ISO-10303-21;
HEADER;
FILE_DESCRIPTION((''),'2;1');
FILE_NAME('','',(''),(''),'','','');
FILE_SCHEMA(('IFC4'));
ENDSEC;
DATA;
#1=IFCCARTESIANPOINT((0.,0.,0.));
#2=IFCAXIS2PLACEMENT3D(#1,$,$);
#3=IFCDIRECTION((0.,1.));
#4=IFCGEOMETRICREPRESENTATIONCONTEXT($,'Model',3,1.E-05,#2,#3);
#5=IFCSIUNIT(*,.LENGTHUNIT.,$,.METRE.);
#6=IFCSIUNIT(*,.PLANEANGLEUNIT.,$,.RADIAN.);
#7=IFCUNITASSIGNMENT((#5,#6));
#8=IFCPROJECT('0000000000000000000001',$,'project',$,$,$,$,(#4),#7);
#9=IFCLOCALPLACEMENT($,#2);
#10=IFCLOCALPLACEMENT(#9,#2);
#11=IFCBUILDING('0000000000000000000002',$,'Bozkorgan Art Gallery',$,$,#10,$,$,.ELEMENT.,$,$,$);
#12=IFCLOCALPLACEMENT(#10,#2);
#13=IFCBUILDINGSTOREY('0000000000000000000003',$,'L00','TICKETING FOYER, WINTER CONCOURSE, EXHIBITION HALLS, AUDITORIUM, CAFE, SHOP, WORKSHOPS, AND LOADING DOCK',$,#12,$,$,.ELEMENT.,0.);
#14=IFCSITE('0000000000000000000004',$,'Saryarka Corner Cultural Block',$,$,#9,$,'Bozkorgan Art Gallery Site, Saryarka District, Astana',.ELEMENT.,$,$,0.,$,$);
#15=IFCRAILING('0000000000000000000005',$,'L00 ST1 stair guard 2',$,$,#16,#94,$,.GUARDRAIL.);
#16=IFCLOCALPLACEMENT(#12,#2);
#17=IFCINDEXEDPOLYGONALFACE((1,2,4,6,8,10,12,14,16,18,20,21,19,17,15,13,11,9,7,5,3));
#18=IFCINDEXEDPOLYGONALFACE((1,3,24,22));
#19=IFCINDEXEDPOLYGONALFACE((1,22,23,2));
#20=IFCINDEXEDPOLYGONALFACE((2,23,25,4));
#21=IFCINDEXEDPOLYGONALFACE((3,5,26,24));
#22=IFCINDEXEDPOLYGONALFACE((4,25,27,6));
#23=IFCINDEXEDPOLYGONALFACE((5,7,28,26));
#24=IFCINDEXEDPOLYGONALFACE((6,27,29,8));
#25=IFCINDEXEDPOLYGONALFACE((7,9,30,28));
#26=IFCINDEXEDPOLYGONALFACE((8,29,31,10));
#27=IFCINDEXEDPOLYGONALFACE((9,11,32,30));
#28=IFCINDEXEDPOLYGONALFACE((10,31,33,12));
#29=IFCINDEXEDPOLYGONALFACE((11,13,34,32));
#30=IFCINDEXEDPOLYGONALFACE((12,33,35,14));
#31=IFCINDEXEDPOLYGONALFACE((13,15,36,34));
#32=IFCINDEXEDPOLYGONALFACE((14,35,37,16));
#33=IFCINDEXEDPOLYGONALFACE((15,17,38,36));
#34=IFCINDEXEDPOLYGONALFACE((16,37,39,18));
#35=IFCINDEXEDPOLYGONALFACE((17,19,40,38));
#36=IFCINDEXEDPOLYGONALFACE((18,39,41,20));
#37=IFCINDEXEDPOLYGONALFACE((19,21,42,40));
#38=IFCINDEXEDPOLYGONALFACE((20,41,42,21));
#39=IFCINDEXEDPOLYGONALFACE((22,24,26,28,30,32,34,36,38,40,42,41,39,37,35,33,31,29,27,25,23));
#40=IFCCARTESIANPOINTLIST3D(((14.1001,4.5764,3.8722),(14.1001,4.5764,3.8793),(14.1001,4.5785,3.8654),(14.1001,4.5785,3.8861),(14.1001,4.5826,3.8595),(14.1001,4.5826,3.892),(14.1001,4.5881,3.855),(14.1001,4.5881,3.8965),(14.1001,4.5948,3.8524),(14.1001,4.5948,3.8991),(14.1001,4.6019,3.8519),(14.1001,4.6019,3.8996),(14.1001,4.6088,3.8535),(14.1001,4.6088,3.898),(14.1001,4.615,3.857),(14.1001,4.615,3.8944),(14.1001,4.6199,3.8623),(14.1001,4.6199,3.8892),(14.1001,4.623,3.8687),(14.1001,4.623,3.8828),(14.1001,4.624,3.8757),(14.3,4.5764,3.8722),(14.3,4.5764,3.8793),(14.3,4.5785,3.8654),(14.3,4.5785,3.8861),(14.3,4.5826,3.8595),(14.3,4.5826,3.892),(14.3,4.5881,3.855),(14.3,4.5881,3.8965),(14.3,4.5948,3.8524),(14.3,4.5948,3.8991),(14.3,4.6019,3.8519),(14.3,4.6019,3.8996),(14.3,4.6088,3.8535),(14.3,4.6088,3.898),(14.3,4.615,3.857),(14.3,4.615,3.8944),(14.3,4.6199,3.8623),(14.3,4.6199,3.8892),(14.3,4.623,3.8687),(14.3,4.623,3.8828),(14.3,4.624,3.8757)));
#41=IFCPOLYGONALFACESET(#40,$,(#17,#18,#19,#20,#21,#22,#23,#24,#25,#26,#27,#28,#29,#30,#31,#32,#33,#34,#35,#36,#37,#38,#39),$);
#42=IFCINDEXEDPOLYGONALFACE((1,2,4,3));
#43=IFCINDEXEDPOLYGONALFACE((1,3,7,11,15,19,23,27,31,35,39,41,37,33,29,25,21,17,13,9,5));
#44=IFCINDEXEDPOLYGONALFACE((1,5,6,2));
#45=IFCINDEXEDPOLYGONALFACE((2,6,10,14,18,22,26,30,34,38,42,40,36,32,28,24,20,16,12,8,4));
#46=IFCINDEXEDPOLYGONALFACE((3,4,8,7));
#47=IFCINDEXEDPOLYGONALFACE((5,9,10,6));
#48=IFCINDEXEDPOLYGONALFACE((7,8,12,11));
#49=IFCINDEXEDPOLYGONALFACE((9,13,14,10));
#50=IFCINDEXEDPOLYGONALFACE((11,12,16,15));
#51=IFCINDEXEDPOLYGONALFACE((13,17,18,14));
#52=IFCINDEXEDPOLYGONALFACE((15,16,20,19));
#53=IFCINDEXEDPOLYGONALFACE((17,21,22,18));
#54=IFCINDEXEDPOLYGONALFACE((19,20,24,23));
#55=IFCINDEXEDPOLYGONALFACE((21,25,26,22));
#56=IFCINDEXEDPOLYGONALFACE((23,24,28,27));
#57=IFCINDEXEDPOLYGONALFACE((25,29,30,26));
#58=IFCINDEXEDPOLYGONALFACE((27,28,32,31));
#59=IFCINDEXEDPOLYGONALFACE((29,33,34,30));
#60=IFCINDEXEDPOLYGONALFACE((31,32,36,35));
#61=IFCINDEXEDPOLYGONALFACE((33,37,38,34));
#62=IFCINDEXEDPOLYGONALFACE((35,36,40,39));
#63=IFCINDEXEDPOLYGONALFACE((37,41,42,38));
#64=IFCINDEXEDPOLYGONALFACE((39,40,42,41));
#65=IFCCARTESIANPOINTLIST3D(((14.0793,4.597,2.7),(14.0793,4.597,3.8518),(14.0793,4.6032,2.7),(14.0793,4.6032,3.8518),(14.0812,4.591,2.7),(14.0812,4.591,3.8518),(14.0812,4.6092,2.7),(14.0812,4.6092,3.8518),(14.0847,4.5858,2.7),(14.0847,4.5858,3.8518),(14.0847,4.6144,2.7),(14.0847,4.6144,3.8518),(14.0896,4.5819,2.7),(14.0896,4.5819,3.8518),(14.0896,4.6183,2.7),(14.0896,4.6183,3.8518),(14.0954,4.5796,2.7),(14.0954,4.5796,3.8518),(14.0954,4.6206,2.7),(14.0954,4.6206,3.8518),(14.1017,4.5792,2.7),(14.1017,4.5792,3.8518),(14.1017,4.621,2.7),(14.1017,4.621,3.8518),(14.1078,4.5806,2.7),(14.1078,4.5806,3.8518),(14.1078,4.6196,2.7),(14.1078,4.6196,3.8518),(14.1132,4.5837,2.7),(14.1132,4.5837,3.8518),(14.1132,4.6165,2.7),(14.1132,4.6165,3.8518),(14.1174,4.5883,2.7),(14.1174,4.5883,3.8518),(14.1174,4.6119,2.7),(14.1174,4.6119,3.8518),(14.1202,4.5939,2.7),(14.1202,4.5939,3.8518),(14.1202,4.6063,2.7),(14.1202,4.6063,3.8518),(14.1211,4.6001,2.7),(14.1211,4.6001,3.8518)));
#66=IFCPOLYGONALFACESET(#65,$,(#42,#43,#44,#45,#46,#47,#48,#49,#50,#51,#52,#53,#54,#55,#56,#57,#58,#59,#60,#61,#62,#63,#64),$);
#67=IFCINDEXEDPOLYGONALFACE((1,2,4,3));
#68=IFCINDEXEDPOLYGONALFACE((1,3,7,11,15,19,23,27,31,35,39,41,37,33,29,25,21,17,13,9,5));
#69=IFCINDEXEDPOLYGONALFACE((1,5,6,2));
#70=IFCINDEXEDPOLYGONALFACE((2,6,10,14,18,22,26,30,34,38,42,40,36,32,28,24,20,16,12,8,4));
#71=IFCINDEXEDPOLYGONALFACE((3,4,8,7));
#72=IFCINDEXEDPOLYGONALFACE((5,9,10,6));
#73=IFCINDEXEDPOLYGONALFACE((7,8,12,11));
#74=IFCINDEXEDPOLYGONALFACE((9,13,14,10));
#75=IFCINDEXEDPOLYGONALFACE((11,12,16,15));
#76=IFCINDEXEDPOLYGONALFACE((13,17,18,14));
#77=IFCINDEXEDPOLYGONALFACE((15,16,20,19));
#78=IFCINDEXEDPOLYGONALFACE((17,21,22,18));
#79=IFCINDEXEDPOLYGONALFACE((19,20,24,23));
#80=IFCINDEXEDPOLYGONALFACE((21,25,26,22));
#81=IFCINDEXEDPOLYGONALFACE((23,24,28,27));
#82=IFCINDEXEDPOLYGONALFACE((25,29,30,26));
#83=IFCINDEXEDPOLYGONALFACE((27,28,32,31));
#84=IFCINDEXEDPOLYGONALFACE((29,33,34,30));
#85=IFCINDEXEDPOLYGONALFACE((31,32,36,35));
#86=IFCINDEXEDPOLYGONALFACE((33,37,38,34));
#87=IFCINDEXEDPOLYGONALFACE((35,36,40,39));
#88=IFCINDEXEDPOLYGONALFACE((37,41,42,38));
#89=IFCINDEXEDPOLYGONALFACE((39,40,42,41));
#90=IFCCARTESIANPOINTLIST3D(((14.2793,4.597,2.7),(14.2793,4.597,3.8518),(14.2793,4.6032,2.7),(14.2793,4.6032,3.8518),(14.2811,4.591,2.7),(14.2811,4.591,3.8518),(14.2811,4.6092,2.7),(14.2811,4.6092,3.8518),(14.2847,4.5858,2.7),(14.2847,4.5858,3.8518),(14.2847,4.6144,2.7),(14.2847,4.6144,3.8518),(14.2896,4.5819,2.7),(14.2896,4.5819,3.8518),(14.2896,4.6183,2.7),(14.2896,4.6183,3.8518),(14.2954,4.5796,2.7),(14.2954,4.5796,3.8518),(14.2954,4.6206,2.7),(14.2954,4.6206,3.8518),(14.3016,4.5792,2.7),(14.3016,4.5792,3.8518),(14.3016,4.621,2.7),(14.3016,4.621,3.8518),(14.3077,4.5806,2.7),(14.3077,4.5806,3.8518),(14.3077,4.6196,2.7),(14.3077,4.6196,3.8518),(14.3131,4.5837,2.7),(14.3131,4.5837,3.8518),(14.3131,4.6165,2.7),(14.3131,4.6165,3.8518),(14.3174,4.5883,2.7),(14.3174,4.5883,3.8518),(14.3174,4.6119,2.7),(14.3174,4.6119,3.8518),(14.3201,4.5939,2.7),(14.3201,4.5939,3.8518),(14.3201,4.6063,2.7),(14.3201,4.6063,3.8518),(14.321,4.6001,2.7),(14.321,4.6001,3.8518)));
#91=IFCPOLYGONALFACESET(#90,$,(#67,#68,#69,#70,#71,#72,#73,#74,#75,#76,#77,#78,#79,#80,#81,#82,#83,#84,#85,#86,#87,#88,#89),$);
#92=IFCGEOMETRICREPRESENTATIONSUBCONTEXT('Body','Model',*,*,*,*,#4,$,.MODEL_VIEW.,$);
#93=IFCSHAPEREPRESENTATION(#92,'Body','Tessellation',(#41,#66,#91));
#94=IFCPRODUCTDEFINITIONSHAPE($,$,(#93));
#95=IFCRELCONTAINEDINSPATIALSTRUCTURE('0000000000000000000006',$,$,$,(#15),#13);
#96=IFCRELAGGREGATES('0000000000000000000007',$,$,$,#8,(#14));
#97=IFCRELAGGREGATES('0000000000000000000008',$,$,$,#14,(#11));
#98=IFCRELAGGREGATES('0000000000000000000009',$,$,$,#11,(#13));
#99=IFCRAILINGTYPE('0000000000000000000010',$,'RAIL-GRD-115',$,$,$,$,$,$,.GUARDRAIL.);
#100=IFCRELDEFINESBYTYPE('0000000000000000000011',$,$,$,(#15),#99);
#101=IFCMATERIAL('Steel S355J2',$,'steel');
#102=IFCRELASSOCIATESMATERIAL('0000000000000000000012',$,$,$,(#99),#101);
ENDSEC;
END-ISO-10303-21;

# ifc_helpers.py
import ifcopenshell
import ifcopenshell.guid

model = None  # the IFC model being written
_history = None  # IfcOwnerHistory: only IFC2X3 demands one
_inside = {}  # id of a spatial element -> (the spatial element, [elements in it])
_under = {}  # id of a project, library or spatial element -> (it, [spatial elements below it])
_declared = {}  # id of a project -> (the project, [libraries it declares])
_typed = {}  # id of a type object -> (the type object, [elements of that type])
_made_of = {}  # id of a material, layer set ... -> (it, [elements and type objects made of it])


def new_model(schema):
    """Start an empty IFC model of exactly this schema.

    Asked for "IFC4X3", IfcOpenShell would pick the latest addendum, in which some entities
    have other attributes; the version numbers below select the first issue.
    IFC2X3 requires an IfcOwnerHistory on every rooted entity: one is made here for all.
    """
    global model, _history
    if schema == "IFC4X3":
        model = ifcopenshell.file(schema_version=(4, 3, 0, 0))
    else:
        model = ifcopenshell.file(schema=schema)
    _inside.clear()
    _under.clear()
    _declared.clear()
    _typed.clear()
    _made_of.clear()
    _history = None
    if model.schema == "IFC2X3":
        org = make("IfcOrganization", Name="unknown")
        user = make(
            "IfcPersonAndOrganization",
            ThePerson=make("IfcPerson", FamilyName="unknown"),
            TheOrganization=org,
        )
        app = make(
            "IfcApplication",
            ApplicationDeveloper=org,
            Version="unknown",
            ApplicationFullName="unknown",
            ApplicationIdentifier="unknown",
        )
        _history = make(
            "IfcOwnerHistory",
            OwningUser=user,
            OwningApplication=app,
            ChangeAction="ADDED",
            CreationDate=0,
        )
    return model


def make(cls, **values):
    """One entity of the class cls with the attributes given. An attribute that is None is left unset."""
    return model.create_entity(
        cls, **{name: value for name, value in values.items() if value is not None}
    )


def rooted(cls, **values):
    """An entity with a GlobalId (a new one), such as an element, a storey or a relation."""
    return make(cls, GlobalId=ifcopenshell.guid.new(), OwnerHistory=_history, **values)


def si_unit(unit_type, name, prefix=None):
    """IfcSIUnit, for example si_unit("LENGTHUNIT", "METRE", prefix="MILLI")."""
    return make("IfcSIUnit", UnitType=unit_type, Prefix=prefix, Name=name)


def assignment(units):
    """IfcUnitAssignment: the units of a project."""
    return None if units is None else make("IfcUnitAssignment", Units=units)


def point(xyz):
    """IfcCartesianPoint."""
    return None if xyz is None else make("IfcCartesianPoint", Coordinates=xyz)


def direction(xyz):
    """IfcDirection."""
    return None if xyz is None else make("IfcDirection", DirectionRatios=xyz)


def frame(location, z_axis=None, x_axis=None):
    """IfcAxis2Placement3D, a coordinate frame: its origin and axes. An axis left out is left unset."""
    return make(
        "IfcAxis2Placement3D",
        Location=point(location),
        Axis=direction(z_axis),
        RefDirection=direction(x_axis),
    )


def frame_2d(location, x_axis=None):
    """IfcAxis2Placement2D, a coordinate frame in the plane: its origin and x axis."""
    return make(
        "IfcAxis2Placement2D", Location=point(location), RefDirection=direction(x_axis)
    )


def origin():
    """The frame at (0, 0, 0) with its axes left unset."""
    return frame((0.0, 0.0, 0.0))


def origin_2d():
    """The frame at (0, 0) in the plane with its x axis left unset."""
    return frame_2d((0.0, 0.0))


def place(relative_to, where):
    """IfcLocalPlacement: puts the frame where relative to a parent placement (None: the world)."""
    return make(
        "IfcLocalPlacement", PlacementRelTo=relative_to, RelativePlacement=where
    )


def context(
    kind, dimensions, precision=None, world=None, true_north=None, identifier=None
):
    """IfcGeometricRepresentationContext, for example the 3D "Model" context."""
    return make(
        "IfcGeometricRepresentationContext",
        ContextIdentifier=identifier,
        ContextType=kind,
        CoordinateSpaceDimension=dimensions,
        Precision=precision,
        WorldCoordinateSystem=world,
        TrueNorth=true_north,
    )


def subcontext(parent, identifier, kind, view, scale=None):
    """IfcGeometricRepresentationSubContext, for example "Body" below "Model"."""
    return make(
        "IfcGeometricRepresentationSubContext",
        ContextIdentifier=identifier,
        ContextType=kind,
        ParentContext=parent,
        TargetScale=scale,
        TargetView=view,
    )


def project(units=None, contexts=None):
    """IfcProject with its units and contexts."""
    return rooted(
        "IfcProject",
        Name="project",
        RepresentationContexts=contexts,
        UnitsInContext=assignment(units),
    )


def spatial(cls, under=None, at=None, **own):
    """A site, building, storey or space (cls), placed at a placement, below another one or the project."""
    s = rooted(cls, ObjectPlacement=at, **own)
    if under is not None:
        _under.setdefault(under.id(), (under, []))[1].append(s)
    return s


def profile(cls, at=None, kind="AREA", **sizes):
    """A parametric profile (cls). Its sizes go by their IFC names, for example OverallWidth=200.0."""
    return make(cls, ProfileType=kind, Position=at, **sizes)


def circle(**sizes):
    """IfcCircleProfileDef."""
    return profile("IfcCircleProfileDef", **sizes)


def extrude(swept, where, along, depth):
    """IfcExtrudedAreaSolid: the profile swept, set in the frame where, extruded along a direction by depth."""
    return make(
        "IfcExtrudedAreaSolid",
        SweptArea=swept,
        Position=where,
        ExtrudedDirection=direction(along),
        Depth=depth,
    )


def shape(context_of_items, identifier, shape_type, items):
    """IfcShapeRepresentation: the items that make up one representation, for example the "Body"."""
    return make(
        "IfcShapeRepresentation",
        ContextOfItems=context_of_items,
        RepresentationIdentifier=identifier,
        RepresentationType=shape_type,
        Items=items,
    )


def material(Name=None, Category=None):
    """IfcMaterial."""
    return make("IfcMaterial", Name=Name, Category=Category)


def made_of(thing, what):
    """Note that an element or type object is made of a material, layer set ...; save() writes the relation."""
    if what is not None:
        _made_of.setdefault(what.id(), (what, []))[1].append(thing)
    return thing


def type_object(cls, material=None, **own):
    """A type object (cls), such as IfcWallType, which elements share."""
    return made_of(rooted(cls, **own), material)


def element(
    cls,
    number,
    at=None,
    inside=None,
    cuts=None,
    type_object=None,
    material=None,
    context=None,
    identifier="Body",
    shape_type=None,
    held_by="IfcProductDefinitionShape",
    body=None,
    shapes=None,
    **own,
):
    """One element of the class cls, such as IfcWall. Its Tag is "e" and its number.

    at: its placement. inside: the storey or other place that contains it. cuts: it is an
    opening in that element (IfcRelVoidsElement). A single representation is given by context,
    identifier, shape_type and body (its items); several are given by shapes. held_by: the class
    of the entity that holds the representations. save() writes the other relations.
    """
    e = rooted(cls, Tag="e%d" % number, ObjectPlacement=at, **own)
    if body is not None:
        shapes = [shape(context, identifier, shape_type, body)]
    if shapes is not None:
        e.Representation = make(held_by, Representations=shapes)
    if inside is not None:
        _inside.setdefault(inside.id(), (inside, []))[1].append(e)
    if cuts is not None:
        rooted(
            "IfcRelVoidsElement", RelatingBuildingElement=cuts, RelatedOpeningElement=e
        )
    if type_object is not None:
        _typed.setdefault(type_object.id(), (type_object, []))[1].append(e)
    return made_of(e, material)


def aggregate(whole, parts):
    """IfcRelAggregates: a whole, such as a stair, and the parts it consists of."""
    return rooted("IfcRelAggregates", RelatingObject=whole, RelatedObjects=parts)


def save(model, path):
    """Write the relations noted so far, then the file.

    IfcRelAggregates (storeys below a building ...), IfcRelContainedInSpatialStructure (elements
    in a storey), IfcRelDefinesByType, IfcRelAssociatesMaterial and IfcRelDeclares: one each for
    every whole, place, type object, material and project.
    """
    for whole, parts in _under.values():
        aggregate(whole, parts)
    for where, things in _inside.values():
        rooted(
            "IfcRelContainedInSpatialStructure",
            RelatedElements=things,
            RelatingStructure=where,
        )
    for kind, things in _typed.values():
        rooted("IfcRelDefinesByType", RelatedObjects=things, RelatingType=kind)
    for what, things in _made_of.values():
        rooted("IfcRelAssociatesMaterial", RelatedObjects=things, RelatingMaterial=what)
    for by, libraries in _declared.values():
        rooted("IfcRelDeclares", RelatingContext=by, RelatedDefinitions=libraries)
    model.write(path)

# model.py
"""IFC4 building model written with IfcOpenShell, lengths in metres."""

from ifc_helpers import new_model, si_unit, direction, frame, origin, origin_2d, place, context, subcontext, project, spatial, circle, extrude, material, type_object, element, save


model = new_model("IFC4")

# Units and contexts
model_context = context("Model", 3, precision=1e-05, world=origin(), true_north=direction((0.0, 1.0)))
body_context = subcontext(model_context, "Body", "Model", "MODEL_VIEW")
ifc_project = project(units=[si_unit("LENGTHUNIT", "METRE"), si_unit("PLANEANGLEUNIT", "RADIAN")], contexts=[model_context])

# Site, building, storey
site_placement = place(None, origin())
site = spatial("IfcSite", under=ifc_project, at=site_placement, Name="Saryarka Corner Cultural Block", LongName="Bozkorgan Art Gallery Site, Saryarka District, Astana", CompositionType="ELEMENT", RefElevation=0.0)
building_placement = place(site_placement, origin())
building = spatial("IfcBuilding", under=site, at=building_placement, Name="Bozkorgan Art Gallery", CompositionType="ELEMENT")
storey_placement = place(building_placement, origin())
storey = spatial("IfcBuildingStorey", under=building, at=storey_placement, Name="L00", Description="TICKETING FOYER, WINTER CONCOURSE, EXHIBITION HALLS, AUDITORIUM, CAFE, SHOP, WORKSHOPS, AND LOADING DOCK", CompositionType="ELEMENT", Elevation=0.0)

# Shared definitions
ifc_material_1 = material(Name="Steel S355J2", Category="steel")

# Railing
railing_type_1 = type_object("IfcRailingType", Name="RAIL-GRD-115", PredefinedType="GUARDRAIL", material=ifc_material_1)
railing_1_placement = place(storey_placement, frame((14.1001, 4.6001, 2.7)))
element("IfcRailing", 1, at=railing_1_placement, inside=storey, type_object=railing_type_1, Name="L00 ST1 stair guard 2", PredefinedType="GUARDRAIL", context=body_context, shape_type="SweptSolid", body=[
    extrude(circle(Radius=0.0239, at=origin_2d()), frame((0.0, 0.0, 1.1758), z_axis=(1.0, 0.0, 0.0), x_axis=(0.0, 1.0, 0.0)), (0.0, 0.0, 1.0), 0.2),
    extrude(circle(Radius=0.021, at=origin_2d()), origin(), (0.0, 0.0, 1.0), 1.1519),
    extrude(circle(Radius=0.021, at=origin_2d()), frame((0.2, 0.0, 0.0)), (0.0, 0.0, 1.0), 1.1519),
])

save(model, "model.ifc")
